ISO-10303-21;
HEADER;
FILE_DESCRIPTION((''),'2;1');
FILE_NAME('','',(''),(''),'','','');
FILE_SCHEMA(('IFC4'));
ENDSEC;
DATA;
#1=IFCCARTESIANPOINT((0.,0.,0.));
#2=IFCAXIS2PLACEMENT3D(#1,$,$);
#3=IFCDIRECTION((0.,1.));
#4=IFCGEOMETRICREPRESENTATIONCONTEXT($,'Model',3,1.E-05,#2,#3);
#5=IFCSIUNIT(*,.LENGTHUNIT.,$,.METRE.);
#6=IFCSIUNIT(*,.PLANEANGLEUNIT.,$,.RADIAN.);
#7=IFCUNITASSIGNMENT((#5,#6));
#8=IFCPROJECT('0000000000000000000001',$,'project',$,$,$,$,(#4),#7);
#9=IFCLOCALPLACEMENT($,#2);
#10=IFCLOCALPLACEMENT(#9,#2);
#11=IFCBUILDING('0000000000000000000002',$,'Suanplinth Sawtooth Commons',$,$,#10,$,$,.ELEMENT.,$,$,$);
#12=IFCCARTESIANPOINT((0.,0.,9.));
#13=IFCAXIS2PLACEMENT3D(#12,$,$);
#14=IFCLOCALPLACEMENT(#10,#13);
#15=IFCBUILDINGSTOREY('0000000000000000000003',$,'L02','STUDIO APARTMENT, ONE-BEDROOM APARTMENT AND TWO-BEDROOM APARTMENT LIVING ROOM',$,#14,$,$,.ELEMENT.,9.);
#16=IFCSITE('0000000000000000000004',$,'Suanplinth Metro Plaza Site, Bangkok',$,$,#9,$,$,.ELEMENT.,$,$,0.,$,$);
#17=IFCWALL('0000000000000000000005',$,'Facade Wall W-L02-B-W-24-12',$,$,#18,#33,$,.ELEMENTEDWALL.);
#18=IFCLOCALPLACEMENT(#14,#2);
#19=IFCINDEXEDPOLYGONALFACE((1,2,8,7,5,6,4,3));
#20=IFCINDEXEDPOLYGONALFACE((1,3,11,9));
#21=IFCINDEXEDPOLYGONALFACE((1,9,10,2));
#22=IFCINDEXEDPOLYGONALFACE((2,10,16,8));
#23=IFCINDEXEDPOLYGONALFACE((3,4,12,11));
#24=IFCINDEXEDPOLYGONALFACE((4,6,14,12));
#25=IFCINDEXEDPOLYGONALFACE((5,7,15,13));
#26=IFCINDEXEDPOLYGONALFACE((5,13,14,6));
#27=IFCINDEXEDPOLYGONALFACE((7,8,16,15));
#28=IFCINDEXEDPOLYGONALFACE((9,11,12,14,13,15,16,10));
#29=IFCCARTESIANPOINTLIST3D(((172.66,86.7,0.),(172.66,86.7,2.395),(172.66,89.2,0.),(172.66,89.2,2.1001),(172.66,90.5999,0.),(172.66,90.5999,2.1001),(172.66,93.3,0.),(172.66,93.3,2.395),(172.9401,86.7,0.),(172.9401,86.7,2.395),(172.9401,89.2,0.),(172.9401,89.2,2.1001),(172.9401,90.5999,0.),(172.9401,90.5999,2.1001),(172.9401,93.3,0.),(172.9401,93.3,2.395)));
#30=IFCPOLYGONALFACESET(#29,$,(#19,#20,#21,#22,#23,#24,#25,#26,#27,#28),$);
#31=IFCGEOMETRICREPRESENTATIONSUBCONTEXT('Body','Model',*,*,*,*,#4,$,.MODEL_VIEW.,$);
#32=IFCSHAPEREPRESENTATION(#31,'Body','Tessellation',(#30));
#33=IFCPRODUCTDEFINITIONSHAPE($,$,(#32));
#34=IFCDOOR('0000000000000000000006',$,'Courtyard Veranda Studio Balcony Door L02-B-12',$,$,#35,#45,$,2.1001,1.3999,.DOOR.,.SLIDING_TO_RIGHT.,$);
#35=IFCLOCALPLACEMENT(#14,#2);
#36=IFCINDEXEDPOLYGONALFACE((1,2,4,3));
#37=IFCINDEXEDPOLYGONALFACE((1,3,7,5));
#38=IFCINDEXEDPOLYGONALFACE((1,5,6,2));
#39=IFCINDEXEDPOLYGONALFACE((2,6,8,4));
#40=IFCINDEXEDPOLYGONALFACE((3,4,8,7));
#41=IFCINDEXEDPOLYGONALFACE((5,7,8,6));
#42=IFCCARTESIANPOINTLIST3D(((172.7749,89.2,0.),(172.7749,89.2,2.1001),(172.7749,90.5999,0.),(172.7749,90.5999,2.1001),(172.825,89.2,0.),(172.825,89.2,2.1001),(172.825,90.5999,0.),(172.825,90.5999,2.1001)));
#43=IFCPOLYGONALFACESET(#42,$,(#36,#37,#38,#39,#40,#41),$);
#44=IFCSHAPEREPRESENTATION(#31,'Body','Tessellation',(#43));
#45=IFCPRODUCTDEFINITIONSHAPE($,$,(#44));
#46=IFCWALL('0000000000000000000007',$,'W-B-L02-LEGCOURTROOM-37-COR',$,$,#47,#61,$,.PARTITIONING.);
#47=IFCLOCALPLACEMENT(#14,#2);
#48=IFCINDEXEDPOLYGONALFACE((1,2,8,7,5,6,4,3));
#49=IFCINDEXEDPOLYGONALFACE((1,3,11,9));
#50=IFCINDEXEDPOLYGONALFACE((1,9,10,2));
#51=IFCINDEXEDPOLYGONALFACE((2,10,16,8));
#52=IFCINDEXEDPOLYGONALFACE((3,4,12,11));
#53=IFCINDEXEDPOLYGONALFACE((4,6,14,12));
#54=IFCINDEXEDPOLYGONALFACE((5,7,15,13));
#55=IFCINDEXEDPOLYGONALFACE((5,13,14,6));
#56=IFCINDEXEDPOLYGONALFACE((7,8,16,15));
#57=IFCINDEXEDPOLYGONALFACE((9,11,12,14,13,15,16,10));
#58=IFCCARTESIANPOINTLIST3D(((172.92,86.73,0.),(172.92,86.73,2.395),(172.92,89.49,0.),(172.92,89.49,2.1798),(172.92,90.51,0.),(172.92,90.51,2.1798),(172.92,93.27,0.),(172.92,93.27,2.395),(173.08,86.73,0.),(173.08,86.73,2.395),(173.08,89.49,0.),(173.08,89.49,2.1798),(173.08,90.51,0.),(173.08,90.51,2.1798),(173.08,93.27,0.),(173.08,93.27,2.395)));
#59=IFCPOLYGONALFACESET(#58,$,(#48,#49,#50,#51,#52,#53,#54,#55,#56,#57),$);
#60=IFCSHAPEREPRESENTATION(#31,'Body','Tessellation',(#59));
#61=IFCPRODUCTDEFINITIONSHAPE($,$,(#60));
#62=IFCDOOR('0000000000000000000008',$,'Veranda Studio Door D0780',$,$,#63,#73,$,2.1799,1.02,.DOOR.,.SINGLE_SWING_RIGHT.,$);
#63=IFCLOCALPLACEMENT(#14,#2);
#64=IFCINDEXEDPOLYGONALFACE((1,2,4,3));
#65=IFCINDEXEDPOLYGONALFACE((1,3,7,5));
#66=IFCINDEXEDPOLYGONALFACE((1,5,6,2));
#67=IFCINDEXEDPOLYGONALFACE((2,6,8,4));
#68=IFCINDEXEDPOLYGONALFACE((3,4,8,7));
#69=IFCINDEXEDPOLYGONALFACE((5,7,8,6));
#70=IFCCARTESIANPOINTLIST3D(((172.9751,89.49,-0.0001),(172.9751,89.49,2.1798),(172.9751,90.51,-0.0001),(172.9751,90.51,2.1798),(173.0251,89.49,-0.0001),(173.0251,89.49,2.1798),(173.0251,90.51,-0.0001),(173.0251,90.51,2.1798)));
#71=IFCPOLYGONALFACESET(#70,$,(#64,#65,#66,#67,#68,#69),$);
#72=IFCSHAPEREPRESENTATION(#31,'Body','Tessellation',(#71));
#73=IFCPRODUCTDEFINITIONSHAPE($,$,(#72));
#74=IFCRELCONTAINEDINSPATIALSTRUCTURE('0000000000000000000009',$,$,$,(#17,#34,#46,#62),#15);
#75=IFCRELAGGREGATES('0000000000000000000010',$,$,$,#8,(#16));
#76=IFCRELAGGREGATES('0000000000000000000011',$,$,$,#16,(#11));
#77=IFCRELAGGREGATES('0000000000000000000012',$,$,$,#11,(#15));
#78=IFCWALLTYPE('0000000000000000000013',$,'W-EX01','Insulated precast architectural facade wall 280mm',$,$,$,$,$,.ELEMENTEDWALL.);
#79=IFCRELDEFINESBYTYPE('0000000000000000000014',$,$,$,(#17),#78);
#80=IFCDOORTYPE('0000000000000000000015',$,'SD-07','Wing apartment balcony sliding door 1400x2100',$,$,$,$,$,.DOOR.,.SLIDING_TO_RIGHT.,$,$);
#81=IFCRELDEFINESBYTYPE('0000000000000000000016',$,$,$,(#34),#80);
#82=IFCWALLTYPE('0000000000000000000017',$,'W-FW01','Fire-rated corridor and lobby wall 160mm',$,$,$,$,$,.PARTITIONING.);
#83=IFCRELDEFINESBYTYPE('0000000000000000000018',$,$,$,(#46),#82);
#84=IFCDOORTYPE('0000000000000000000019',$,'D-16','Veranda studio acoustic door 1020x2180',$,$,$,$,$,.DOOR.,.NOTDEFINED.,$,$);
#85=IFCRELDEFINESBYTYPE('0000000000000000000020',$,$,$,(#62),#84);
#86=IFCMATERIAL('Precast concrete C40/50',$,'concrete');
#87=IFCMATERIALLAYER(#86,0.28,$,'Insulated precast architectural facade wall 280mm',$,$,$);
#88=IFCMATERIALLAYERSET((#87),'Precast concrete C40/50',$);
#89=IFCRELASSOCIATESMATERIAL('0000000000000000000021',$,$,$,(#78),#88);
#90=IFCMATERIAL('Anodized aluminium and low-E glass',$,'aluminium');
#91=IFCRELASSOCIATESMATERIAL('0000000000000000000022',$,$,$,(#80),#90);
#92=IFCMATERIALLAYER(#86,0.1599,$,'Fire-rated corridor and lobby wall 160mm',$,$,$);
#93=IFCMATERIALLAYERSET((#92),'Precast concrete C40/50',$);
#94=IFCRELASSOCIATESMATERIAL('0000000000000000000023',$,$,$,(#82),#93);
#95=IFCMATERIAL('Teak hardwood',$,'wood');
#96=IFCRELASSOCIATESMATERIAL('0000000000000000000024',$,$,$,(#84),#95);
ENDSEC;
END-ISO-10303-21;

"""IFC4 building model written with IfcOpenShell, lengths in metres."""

from ifc_helpers import new_model, si_unit, direction, frame, frame_2d, origin, place, context, subcontext, project, spatial, rectangle, extrude, material, layer, layer_set, type_object, element, fill, save


model = new_model("IFC4")

# Units and contexts
model_context = context("Model", 3, precision=1e-05, world=origin(), true_north=direction((0.0, 1.0)))
body_context = subcontext(model_context, "Body", "Model", "MODEL_VIEW")
ifc_project = project(units=[si_unit("LENGTHUNIT", "METRE"), si_unit("PLANEANGLEUNIT", "RADIAN")], contexts=[model_context])

# Site, building, storey
site_placement = place(None, origin())
site = spatial("IfcSite", under=ifc_project, at=site_placement, Name="Suanplinth Metro Plaza Site, Bangkok", CompositionType="ELEMENT", RefElevation=0.0)
building_placement = place(site_placement, origin())
building = spatial("IfcBuilding", under=site, at=building_placement, Name="Suanplinth Sawtooth Commons", CompositionType="ELEMENT")
storey_placement = place(building_placement, frame((0.0, 0.0, 9.0)))
storey = spatial("IfcBuildingStorey", under=building, at=storey_placement, Name="L02", Description="STUDIO APARTMENT, ONE-BEDROOM APARTMENT AND TWO-BEDROOM APARTMENT LIVING ROOM", CompositionType="ELEMENT", Elevation=9.0)

# Shared definitions
ifc_material_1 = material(Name="Precast concrete C40/50", Category="concrete")

# Walls, openings, doors
ifc_layer_1 = layer(ifc_material_1, 0.28, Name="Insulated precast architectural facade wall 280mm")
ifc_layer_set_1 = layer_set([ifc_layer_1], Name="Precast concrete C40/50")
wall_type_1 = type_object("IfcWallType", Name="W-EX01", Description="Insulated precast architectural facade wall 280mm", PredefinedType="ELEMENTEDWALL", material=ifc_layer_set_1)
wall_1_placement = place(storey_placement, frame((172.8, 86.7, 0.0), z_axis=(0.0, 0.0, 1.0), x_axis=(0.0, 1.0, 0.0)))
wall_1 = element("IfcWall", 1, at=wall_1_placement, inside=storey, type_object=wall_type_1, Name="Facade Wall W-L02-B-W-24-12", PredefinedType="ELEMENTEDWALL", context=body_context, shape_type="SweptSolid", body=[
    extrude(rectangle(XDim=6.6001, YDim=0.28, at=frame_2d((3.3, 0.0))), origin(), (0.0, 0.0, 1.0), 2.395),
])
opening_1_placement = place(wall_1_placement, frame((2.5, 0.0, 0.0)))
opening_1 = element("IfcOpeningElement", 2, at=opening_1_placement, cuts=wall_1, PredefinedType="OPENING", context=body_context, shape_type="SweptSolid", body=[
    extrude(rectangle(XDim=1.3999, YDim=2.1001, at=frame_2d((0.7, 1.05))), frame((0.0, 0.1548, 0.0), z_axis=(0.0, -1.0, 0.0), x_axis=(1.0, 0.0, 0.0)), (0.0, 0.0, 1.0), 0.3098),
])
ifc_material_2 = material(Name="Anodized aluminium and low-E glass", Category="aluminium")
door_type_1 = type_object("IfcDoorType", Name="SD-07", Description="Wing apartment balcony sliding door 1400x2100", OperationType="SLIDING_TO_RIGHT", PredefinedType="DOOR", material=ifc_material_2)
door_1_placement = place(opening_1_placement, frame((1.3999, 0.0, 0.0), z_axis=(0.0, 0.0, 1.0), x_axis=(-1.0, 0.0, 0.0)))
door_1 = element("IfcDoor", 3, at=door_1_placement, inside=storey, type_object=door_type_1, Name="Courtyard Veranda Studio Balcony Door L02-B-12", OperationType="SLIDING_TO_RIGHT", OverallHeight=2.1001, OverallWidth=1.3999, PredefinedType="DOOR", context=body_context, shape_type="SweptSolid", body=[
    extrude(rectangle(XDim=1.3999, YDim=2.1001, at=frame_2d((0.7, 1.05))), frame((0.0, 0.0249, 0.0), z_axis=(0.0, -1.0, 0.0), x_axis=(1.0, 0.0, 0.0)), (0.0, 0.0, 1.0), 0.05),
])
fill(opening_1, door_1)
ifc_layer_2 = layer(ifc_material_1, 0.1599, Name="Fire-rated corridor and lobby wall 160mm")
ifc_layer_set_2 = layer_set([ifc_layer_2], Name="Precast concrete C40/50")
wall_type_2 = type_object("IfcWallType", Name="W-FW01", Description="Fire-rated corridor and lobby wall 160mm", PredefinedType="PARTITIONING", material=ifc_layer_set_2)
wall_2_placement = place(storey_placement, frame((173.0, 86.73, 0.0), z_axis=(0.0, 0.0, 1.0), x_axis=(0.0, 1.0, 0.0)))
wall_2 = element("IfcWall", 4, at=wall_2_placement, inside=storey, type_object=wall_type_2, Name="W-B-L02-LEGCOURTROOM-37-COR", PredefinedType="PARTITIONING", context=body_context, shape_type="SweptSolid", body=[
    extrude(rectangle(XDim=6.54, YDim=0.1599, at=frame_2d((3.27, 0.0))), origin(), (0.0, 0.0, 1.0), 2.395),
])
opening_2_placement = place(wall_2_placement, frame((2.76, 0.0, 0.0)))
opening_2 = element("IfcOpeningElement", 5, at=opening_2_placement, cuts=wall_2, PredefinedType="OPENING", context=body_context, shape_type="SweptSolid", body=[
    extrude(rectangle(XDim=1.02, YDim=2.1799, at=frame_2d((0.51, 1.0898))), frame((0.0, 0.0947, 0.0), z_axis=(0.0, -1.0, 0.0), x_axis=(1.0, 0.0, 0.0)), (0.0, 0.0, 1.0), 0.1897),
])
ifc_material_3 = material(Name="Teak hardwood", Category="wood")
door_type_2 = type_object("IfcDoorType", Name="D-16", Description="Veranda studio acoustic door 1020x2180", OperationType="NOTDEFINED", PredefinedType="DOOR", material=ifc_material_3)
door_2_placement = place(opening_2_placement, origin())
door_2 = element("IfcDoor", 6, at=door_2_placement, inside=storey, type_object=door_type_2, Name="Veranda Studio Door D0780", OperationType="SINGLE_SWING_RIGHT", OverallHeight=2.1799, OverallWidth=1.02, PredefinedType="DOOR", context=body_context, shape_type="SweptSolid", body=[
    extrude(rectangle(XDim=1.02, YDim=2.1799, at=frame_2d((0.51, 1.0898))), frame((0.0, 0.0249, 0.0), z_axis=(0.0, -1.0, 0.0), x_axis=(1.0, 0.0, 0.0)), (0.0, 0.0, 1.0), 0.05),
])
fill(opening_2, door_2)

save(model, "model.ifc")
